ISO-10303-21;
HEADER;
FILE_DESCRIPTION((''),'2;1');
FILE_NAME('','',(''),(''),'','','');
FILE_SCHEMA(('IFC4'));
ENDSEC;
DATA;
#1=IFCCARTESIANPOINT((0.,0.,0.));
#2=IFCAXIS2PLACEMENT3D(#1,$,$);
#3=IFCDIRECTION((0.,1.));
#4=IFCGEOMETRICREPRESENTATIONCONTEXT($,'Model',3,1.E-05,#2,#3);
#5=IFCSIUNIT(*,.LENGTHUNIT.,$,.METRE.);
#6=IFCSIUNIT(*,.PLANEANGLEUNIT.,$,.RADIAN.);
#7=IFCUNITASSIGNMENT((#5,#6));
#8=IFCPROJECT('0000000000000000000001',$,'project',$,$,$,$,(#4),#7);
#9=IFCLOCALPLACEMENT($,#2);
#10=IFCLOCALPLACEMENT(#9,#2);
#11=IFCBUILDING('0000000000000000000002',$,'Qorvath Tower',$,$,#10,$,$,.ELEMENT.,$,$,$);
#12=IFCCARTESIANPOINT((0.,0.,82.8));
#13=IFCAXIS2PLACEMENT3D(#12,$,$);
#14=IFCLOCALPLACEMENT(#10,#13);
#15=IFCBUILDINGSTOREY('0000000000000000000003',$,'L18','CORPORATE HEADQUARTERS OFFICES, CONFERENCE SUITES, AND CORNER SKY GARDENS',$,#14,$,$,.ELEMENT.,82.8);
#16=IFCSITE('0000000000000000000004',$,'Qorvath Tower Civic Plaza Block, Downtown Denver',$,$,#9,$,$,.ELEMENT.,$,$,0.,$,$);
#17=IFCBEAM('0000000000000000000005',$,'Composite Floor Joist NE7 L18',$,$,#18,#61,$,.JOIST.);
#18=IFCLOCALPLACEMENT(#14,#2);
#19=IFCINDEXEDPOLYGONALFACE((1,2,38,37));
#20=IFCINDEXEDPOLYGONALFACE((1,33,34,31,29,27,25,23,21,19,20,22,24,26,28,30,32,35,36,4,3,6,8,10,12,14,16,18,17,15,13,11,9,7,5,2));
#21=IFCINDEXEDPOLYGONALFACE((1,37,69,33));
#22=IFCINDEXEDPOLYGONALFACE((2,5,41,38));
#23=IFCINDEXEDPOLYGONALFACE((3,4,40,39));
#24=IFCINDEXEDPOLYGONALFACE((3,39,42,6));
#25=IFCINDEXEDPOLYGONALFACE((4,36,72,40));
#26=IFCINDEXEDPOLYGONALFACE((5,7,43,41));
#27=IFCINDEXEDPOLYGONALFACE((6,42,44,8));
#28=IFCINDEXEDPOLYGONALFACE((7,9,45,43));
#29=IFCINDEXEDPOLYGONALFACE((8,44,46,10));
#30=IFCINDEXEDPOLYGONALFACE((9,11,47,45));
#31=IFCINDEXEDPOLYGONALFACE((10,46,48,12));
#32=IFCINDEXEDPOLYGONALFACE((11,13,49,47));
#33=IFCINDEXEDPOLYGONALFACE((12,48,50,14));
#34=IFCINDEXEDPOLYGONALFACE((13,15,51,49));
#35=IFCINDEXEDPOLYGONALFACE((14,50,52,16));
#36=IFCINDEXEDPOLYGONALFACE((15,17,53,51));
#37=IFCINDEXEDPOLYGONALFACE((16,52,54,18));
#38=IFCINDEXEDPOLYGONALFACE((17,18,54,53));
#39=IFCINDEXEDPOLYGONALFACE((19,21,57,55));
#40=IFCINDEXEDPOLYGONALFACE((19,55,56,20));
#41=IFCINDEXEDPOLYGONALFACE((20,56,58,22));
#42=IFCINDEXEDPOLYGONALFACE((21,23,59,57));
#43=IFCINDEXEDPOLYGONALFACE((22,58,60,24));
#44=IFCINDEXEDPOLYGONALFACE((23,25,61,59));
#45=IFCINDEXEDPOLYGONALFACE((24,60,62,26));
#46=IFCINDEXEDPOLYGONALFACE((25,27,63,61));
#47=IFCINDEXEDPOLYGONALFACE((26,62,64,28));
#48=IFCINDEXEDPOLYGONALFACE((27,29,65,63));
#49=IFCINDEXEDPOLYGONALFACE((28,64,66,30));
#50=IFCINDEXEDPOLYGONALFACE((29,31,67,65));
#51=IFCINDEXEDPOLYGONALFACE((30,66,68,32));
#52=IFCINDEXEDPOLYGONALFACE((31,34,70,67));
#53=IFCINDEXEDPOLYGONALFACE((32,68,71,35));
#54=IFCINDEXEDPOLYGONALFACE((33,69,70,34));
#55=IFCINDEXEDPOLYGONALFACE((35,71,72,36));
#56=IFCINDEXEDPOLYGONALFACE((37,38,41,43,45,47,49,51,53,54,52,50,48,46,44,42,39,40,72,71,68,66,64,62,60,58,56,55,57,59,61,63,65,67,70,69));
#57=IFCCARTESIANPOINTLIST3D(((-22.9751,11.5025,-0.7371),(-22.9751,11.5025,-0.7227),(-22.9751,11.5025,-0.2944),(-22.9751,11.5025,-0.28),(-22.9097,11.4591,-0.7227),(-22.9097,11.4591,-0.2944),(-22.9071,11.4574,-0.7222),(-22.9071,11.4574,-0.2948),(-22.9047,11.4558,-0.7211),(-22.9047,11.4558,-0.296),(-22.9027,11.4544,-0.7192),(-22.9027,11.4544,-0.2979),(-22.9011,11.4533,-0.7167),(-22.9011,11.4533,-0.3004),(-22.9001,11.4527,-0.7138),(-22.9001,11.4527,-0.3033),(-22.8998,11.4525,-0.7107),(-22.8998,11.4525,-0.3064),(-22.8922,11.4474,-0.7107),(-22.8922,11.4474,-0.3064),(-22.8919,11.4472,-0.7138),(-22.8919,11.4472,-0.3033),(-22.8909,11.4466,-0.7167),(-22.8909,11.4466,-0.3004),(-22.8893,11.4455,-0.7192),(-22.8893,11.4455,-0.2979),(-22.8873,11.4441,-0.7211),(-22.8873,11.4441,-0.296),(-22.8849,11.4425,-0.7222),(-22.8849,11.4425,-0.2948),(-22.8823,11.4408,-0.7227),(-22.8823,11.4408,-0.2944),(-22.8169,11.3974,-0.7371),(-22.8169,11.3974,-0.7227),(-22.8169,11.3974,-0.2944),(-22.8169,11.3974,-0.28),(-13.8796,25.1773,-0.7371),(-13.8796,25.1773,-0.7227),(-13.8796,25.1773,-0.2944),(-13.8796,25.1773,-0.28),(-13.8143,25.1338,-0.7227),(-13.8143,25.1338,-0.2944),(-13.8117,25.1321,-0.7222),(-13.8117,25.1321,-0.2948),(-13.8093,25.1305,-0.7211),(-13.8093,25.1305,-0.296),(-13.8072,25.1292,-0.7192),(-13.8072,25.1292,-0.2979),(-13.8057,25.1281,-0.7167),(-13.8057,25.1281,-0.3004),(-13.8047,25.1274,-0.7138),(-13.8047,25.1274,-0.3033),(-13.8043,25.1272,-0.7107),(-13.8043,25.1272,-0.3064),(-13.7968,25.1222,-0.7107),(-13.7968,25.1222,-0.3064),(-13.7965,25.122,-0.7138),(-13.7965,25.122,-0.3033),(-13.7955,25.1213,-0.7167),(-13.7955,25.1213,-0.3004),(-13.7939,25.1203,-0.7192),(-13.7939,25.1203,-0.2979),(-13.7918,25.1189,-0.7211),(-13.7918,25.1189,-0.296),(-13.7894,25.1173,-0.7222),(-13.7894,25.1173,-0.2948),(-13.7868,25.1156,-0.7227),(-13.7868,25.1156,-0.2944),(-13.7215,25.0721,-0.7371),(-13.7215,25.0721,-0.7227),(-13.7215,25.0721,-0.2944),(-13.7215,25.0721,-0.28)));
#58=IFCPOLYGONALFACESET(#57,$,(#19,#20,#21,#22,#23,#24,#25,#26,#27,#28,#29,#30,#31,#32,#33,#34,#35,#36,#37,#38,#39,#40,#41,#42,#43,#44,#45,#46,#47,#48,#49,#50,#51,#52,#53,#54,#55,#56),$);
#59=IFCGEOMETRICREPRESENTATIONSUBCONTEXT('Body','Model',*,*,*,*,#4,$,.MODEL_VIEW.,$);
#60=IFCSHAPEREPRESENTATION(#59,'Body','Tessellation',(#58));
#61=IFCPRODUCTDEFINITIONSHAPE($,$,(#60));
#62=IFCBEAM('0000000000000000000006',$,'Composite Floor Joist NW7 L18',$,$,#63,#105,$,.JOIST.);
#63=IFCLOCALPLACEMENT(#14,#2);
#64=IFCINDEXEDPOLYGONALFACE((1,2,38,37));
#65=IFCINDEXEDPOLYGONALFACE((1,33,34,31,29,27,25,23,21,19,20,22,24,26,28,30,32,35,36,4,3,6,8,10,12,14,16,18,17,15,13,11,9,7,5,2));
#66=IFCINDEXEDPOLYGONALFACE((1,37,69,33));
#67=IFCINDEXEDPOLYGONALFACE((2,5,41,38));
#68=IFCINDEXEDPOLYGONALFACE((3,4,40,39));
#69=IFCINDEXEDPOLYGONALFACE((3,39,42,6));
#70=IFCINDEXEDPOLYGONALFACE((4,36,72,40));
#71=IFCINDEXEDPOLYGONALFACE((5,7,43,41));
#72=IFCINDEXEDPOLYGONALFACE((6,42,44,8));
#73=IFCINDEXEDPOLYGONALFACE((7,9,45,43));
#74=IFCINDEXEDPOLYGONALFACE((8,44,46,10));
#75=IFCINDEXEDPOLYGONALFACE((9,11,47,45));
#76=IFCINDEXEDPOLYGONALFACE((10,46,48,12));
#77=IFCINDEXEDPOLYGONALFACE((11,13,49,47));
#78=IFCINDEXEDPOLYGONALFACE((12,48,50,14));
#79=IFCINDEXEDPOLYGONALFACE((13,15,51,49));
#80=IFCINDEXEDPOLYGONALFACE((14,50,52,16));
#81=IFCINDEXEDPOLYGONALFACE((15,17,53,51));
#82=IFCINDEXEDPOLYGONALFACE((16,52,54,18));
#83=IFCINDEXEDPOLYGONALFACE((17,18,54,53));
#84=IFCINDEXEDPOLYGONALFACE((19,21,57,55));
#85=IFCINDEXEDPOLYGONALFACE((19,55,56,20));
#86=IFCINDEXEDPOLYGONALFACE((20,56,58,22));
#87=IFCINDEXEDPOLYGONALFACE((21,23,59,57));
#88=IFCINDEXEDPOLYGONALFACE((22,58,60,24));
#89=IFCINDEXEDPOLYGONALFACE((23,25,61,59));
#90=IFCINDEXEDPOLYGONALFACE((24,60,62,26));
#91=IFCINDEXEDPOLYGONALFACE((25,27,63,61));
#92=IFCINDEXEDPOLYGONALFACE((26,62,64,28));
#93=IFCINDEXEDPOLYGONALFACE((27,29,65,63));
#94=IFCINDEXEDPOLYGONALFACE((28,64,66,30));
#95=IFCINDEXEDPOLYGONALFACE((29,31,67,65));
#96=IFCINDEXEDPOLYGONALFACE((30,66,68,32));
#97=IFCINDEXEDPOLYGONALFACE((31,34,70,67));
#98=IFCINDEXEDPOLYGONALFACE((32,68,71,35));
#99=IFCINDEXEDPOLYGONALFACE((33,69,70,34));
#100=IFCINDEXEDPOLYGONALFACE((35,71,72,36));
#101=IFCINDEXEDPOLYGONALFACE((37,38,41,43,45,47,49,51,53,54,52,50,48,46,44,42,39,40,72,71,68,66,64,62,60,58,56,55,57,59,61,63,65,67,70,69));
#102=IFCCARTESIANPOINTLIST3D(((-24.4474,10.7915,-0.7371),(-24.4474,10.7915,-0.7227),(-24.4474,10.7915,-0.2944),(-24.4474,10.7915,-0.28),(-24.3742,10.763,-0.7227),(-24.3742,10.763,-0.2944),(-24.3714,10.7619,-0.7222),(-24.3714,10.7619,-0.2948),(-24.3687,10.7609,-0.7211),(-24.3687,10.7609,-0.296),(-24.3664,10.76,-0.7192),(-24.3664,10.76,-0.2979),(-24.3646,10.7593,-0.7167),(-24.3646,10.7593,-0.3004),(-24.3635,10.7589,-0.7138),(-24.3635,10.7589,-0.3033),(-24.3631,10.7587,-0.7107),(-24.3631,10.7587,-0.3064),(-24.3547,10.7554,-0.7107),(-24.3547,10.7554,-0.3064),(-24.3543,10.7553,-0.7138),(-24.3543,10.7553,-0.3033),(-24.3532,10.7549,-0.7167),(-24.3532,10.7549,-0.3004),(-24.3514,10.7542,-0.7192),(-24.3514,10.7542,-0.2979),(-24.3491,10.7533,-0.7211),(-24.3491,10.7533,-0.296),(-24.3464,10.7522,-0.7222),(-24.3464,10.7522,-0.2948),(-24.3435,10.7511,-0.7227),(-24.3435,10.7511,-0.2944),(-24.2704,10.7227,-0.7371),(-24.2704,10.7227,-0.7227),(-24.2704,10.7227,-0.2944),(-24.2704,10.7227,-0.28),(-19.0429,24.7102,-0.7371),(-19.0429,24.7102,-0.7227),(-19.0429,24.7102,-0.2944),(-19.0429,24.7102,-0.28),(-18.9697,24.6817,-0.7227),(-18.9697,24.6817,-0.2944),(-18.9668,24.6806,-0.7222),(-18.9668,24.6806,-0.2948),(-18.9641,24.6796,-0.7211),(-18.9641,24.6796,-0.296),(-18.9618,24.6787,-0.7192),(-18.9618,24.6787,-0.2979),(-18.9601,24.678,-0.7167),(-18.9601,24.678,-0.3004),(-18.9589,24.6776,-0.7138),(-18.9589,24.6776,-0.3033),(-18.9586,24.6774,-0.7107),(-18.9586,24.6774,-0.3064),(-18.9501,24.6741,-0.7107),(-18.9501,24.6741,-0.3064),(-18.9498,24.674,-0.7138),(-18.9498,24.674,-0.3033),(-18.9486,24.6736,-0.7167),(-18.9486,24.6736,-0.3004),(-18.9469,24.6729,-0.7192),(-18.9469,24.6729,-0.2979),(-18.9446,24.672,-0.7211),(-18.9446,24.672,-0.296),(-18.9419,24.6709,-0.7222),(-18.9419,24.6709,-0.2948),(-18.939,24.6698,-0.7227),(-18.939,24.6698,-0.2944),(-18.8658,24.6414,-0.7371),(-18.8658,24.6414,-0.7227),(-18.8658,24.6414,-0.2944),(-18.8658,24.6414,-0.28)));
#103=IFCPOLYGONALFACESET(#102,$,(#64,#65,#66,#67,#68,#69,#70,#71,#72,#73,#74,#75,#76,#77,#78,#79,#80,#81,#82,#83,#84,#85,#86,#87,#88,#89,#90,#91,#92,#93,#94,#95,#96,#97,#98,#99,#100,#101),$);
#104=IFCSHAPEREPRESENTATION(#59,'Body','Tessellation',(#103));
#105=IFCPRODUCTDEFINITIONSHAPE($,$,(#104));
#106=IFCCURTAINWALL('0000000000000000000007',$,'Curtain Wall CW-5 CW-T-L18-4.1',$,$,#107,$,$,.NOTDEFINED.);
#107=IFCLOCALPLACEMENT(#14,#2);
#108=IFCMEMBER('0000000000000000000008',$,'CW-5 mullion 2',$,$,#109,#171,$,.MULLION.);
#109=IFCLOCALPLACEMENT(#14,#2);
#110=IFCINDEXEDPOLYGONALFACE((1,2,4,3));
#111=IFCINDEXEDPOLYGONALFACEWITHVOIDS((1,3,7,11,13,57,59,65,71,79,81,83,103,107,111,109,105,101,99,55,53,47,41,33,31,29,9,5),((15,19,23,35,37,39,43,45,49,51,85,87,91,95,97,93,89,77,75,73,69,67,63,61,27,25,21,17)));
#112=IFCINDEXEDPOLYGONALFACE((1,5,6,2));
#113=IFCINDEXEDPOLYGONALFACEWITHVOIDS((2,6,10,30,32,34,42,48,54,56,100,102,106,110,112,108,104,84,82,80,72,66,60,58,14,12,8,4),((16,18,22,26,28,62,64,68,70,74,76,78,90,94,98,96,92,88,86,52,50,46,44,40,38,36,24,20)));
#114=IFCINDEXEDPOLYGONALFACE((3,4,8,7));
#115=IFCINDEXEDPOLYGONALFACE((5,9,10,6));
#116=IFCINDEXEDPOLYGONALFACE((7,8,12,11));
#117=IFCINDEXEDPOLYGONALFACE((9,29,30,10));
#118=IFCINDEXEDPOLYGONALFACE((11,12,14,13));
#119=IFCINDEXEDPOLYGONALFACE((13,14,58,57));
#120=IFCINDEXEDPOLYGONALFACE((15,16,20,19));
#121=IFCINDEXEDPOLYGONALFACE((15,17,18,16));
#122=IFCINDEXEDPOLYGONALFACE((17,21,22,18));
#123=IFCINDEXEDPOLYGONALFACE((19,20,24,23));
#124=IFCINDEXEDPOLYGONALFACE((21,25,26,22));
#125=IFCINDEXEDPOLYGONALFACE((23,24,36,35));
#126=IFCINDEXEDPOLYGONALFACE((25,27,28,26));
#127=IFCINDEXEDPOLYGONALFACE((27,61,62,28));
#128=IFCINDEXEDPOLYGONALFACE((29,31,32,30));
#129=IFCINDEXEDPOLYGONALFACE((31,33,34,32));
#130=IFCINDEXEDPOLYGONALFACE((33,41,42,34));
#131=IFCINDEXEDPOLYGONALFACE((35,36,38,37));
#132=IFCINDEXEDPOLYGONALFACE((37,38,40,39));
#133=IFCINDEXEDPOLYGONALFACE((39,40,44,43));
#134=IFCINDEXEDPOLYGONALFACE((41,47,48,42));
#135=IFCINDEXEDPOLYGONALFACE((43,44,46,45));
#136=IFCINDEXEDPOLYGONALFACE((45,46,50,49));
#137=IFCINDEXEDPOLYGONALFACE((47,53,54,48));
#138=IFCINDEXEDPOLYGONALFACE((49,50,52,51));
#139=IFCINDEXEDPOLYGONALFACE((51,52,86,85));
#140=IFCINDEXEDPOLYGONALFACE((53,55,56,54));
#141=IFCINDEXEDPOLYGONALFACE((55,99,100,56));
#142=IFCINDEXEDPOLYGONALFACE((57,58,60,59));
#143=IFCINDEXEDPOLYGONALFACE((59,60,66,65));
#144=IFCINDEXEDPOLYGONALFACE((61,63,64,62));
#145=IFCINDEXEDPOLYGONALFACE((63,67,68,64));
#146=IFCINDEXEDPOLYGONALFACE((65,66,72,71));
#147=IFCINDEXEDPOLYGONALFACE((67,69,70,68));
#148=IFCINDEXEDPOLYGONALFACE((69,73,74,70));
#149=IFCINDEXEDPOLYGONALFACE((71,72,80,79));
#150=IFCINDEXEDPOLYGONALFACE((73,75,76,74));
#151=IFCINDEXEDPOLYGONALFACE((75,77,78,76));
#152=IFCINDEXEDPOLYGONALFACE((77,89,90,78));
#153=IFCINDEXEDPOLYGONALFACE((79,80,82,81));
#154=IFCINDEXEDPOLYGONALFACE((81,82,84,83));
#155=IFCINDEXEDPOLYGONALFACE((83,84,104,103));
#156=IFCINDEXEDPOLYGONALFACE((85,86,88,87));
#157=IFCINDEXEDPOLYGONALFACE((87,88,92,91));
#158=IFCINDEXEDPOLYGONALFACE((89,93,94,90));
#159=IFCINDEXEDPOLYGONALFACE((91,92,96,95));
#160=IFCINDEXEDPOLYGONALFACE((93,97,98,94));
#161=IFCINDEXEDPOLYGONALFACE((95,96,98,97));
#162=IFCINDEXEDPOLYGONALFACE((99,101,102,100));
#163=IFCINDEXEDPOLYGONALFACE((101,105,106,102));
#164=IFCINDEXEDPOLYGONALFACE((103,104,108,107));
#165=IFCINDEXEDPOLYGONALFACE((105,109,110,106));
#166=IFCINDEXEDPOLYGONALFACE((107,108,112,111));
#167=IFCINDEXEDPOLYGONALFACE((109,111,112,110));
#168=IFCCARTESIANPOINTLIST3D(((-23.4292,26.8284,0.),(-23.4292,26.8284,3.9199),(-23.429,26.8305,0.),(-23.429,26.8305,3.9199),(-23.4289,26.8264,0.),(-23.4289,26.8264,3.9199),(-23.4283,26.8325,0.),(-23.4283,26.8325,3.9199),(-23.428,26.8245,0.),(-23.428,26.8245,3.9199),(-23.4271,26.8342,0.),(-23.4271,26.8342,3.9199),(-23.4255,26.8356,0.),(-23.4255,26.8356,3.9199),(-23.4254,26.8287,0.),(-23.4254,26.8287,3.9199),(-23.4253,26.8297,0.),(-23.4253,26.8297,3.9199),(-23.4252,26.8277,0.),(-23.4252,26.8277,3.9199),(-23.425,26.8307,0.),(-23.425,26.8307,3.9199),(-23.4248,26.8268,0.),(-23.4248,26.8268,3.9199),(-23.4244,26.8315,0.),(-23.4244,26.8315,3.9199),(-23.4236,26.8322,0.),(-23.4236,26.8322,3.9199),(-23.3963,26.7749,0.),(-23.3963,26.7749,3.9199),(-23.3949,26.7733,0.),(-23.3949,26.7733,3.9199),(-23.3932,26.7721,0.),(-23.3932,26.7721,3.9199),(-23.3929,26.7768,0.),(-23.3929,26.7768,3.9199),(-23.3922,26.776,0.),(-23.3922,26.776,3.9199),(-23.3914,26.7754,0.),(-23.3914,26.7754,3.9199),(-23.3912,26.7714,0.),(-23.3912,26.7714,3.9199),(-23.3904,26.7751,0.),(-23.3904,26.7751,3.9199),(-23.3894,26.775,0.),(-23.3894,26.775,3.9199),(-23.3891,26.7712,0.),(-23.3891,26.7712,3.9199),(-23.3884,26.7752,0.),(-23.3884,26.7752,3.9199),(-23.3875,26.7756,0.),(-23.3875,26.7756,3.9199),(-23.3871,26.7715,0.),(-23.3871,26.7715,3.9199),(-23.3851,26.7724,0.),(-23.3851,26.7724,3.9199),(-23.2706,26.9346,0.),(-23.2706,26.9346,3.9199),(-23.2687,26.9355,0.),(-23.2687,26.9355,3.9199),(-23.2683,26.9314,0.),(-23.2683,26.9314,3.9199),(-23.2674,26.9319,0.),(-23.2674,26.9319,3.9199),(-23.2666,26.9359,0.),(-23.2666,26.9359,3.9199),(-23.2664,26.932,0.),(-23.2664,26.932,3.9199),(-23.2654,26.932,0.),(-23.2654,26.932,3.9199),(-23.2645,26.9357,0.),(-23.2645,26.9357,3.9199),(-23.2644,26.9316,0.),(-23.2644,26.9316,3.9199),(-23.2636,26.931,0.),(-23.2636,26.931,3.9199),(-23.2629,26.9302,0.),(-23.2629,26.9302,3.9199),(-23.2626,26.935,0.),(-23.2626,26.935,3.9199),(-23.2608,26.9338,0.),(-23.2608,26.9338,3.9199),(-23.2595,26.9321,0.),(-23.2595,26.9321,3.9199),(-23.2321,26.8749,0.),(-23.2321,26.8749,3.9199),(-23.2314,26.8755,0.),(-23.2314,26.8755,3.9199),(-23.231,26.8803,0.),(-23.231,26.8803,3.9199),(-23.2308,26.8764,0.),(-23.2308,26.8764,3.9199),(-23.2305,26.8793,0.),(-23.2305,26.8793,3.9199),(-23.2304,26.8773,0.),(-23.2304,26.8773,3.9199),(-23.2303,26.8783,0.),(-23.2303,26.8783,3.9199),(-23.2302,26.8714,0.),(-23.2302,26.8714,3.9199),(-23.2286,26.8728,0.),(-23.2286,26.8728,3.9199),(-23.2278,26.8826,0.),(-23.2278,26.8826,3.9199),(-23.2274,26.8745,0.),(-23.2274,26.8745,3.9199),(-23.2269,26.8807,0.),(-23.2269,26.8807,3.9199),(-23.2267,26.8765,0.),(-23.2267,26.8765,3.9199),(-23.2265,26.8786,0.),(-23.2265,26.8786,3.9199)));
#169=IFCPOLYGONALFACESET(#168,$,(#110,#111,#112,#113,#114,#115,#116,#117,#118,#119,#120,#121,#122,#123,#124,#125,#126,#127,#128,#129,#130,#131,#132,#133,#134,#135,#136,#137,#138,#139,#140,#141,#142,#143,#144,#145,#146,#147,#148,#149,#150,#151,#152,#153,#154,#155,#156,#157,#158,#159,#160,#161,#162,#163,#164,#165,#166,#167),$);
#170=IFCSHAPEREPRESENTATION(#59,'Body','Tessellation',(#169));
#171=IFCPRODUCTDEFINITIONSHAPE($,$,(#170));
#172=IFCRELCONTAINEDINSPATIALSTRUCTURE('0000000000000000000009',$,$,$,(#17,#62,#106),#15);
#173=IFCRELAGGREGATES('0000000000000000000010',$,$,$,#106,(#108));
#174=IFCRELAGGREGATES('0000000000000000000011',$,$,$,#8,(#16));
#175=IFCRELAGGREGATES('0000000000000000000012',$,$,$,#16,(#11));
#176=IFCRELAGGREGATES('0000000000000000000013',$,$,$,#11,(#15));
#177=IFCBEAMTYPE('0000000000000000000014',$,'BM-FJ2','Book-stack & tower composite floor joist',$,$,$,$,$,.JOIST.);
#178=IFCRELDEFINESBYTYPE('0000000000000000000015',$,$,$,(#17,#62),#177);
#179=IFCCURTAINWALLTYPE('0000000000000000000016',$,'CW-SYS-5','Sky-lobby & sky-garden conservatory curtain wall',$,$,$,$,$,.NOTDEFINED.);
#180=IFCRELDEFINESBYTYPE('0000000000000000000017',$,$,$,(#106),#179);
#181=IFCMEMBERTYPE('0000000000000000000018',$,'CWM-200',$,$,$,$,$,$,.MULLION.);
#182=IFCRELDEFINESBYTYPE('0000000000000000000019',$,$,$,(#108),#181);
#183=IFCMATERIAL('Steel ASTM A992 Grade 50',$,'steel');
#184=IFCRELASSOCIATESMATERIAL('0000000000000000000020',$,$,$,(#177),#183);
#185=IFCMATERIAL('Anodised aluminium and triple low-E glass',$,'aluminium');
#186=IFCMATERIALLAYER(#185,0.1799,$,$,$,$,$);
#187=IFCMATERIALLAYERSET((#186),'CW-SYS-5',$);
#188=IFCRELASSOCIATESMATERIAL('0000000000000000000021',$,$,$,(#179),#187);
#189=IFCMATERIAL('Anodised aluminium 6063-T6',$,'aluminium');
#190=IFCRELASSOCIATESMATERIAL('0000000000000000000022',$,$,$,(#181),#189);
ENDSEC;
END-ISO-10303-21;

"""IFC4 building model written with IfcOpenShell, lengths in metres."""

from ifc_helpers import new_model, si_unit, direction, frame, origin, origin_2d, place, context, subcontext, project, spatial, hollow_rectangle, i_section, extrude, material, layer, layer_set, material_profile, profile_set, type_object, element, aggregate, save


model = new_model("IFC4")

# Units and contexts
model_context = context("Model", 3, precision=1e-05, world=origin(), true_north=direction((0.0, 1.0)))
body_context = subcontext(model_context, "Body", "Model", "MODEL_VIEW")
ifc_project = project(units=[si_unit("LENGTHUNIT", "METRE"), si_unit("PLANEANGLEUNIT", "RADIAN")], contexts=[model_context])

# Site, building, storey
site_placement = place(None, origin())
site = spatial("IfcSite", under=ifc_project, at=site_placement, Name="Qorvath Tower Civic Plaza Block, Downtown Denver", CompositionType="ELEMENT", RefElevation=0.0)
building_placement = place(site_placement, origin())
building = spatial("IfcBuilding", under=site, at=building_placement, Name="Qorvath Tower", CompositionType="ELEMENT")
storey_placement = place(building_placement, frame((0.0, 0.0, 82.8)))
storey = spatial("IfcBuildingStorey", under=building, at=storey_placement, Name="L18", Description="CORPORATE HEADQUARTERS OFFICES, CONFERENCE SUITES, AND CORNER SKY GARDENS", CompositionType="ELEMENT", Elevation=82.8)

# Beams
ifc_material_1 = material(Name="Steel ASTM A992 Grade 50", Category="steel")
ifc_material_profile_1 = material_profile(ifc_material_1, i_section(OverallWidth=0.1899, OverallDepth=0.457, WebThickness=0.009, FlangeThickness=0.0144, FilletRadius=0.012, at=origin_2d()), Name="W18x50")
ifc_profile_set_1 = profile_set([ifc_material_profile_1], Name="Steel ASTM A992 Grade 50")
beam_type_1 = type_object("IfcBeamType", Name="BM-FJ2", Description="Book-stack & tower composite floor joist", PredefinedType="JOIST", material=ifc_profile_set_1)
beam_1_placement = place(storey_placement, frame((-22.896, 11.45, -0.5085), z_axis=(0.553811, 0.832642, 0.0), x_axis=(-0.832642, 0.553811, 0.0)))
element("IfcBeam", 1, at=beam_1_placement, inside=storey, type_object=beam_type_1, Name="Composite Floor Joist NE7 L18", PredefinedType="JOIST", context=body_context, shape_type="SweptSolid", body=[
    extrude(i_section(OverallWidth=0.1899, OverallDepth=0.457, WebThickness=0.009, FlangeThickness=0.0144, FilletRadius=0.012, at=origin_2d()), origin(), (0.0, 0.0, 1.0), 16.4233),
])
beam_2_placement = place(storey_placement, frame((-24.3589, 10.7571, -0.5085), z_axis=(0.361964, 0.932192, 0.0), x_axis=(-0.932192, 0.361964, 0.0)))
element("IfcBeam", 2, at=beam_2_placement, inside=storey, type_object=beam_type_1, Name="Composite Floor Joist NW7 L18", PredefinedType="JOIST", context=body_context, shape_type="SweptSolid", body=[
    extrude(i_section(OverallWidth=0.1899, OverallDepth=0.457, WebThickness=0.009, FlangeThickness=0.0144, FilletRadius=0.012, at=origin_2d()), origin(), (0.0, 0.0, 1.0), 14.9312),
])

# Curtain wall, member
ifc_material_2 = material(Name="Anodised aluminium and triple low-E glass", Category="aluminium")
ifc_layer_1 = layer(ifc_material_2, 0.1799)
ifc_layer_set_1 = layer_set([ifc_layer_1], Name="CW-SYS-5")
curtain_wall_type = type_object("IfcCurtainWallType", Name="CW-SYS-5", Description="Sky-lobby & sky-garden conservatory curtain wall", PredefinedType="NOTDEFINED", material=ifc_layer_set_1)
curtain_wall_placement = place(storey_placement, origin())
curtain_wall = element("IfcCurtainWall", 3, at=curtain_wall_placement, inside=storey, type_object=curtain_wall_type, Name="Curtain Wall CW-5 CW-T-L18-4.1", PredefinedType="NOTDEFINED")
ifc_material_3 = material(Name="Anodised aluminium 6063-T6", Category="aluminium")
ifc_material_profile_2 = material_profile(ifc_material_3, hollow_rectangle(XDim=0.075, YDim=0.2, WallThickness=0.0039, InnerFilletRadius=0.0039, OuterFilletRadius=0.0081, at=origin_2d()), Name="CWM 200x75")
ifc_profile_set_2 = profile_set([ifc_material_profile_2], Name="Anodised aluminium 6063-T6")
member_type_1 = type_object("IfcMemberType", Name="CWM-200", PredefinedType="MULLION", material=ifc_profile_set_2)
member_1_placement = place(storey_placement, frame((-23.3279, 26.8535, 0.0), z_axis=(0.0, 0.0, 1.0), x_axis=(0.538538, -0.842601, 0.0)))
member_1 = element("IfcMember", 4, at=member_1_placement, type_object=member_type_1, Name="CW-5 mullion 2", PredefinedType="MULLION", context=body_context, shape_type="SweptSolid", body=[
    extrude(hollow_rectangle(XDim=0.075, YDim=0.2, WallThickness=0.0039, InnerFilletRadius=0.0039, OuterFilletRadius=0.0081, at=origin_2d()), origin(), (0.0, 0.0, 1.0), 3.9199),
])
aggregate(curtain_wall, [member_1])

save(model, "model.ifc")
